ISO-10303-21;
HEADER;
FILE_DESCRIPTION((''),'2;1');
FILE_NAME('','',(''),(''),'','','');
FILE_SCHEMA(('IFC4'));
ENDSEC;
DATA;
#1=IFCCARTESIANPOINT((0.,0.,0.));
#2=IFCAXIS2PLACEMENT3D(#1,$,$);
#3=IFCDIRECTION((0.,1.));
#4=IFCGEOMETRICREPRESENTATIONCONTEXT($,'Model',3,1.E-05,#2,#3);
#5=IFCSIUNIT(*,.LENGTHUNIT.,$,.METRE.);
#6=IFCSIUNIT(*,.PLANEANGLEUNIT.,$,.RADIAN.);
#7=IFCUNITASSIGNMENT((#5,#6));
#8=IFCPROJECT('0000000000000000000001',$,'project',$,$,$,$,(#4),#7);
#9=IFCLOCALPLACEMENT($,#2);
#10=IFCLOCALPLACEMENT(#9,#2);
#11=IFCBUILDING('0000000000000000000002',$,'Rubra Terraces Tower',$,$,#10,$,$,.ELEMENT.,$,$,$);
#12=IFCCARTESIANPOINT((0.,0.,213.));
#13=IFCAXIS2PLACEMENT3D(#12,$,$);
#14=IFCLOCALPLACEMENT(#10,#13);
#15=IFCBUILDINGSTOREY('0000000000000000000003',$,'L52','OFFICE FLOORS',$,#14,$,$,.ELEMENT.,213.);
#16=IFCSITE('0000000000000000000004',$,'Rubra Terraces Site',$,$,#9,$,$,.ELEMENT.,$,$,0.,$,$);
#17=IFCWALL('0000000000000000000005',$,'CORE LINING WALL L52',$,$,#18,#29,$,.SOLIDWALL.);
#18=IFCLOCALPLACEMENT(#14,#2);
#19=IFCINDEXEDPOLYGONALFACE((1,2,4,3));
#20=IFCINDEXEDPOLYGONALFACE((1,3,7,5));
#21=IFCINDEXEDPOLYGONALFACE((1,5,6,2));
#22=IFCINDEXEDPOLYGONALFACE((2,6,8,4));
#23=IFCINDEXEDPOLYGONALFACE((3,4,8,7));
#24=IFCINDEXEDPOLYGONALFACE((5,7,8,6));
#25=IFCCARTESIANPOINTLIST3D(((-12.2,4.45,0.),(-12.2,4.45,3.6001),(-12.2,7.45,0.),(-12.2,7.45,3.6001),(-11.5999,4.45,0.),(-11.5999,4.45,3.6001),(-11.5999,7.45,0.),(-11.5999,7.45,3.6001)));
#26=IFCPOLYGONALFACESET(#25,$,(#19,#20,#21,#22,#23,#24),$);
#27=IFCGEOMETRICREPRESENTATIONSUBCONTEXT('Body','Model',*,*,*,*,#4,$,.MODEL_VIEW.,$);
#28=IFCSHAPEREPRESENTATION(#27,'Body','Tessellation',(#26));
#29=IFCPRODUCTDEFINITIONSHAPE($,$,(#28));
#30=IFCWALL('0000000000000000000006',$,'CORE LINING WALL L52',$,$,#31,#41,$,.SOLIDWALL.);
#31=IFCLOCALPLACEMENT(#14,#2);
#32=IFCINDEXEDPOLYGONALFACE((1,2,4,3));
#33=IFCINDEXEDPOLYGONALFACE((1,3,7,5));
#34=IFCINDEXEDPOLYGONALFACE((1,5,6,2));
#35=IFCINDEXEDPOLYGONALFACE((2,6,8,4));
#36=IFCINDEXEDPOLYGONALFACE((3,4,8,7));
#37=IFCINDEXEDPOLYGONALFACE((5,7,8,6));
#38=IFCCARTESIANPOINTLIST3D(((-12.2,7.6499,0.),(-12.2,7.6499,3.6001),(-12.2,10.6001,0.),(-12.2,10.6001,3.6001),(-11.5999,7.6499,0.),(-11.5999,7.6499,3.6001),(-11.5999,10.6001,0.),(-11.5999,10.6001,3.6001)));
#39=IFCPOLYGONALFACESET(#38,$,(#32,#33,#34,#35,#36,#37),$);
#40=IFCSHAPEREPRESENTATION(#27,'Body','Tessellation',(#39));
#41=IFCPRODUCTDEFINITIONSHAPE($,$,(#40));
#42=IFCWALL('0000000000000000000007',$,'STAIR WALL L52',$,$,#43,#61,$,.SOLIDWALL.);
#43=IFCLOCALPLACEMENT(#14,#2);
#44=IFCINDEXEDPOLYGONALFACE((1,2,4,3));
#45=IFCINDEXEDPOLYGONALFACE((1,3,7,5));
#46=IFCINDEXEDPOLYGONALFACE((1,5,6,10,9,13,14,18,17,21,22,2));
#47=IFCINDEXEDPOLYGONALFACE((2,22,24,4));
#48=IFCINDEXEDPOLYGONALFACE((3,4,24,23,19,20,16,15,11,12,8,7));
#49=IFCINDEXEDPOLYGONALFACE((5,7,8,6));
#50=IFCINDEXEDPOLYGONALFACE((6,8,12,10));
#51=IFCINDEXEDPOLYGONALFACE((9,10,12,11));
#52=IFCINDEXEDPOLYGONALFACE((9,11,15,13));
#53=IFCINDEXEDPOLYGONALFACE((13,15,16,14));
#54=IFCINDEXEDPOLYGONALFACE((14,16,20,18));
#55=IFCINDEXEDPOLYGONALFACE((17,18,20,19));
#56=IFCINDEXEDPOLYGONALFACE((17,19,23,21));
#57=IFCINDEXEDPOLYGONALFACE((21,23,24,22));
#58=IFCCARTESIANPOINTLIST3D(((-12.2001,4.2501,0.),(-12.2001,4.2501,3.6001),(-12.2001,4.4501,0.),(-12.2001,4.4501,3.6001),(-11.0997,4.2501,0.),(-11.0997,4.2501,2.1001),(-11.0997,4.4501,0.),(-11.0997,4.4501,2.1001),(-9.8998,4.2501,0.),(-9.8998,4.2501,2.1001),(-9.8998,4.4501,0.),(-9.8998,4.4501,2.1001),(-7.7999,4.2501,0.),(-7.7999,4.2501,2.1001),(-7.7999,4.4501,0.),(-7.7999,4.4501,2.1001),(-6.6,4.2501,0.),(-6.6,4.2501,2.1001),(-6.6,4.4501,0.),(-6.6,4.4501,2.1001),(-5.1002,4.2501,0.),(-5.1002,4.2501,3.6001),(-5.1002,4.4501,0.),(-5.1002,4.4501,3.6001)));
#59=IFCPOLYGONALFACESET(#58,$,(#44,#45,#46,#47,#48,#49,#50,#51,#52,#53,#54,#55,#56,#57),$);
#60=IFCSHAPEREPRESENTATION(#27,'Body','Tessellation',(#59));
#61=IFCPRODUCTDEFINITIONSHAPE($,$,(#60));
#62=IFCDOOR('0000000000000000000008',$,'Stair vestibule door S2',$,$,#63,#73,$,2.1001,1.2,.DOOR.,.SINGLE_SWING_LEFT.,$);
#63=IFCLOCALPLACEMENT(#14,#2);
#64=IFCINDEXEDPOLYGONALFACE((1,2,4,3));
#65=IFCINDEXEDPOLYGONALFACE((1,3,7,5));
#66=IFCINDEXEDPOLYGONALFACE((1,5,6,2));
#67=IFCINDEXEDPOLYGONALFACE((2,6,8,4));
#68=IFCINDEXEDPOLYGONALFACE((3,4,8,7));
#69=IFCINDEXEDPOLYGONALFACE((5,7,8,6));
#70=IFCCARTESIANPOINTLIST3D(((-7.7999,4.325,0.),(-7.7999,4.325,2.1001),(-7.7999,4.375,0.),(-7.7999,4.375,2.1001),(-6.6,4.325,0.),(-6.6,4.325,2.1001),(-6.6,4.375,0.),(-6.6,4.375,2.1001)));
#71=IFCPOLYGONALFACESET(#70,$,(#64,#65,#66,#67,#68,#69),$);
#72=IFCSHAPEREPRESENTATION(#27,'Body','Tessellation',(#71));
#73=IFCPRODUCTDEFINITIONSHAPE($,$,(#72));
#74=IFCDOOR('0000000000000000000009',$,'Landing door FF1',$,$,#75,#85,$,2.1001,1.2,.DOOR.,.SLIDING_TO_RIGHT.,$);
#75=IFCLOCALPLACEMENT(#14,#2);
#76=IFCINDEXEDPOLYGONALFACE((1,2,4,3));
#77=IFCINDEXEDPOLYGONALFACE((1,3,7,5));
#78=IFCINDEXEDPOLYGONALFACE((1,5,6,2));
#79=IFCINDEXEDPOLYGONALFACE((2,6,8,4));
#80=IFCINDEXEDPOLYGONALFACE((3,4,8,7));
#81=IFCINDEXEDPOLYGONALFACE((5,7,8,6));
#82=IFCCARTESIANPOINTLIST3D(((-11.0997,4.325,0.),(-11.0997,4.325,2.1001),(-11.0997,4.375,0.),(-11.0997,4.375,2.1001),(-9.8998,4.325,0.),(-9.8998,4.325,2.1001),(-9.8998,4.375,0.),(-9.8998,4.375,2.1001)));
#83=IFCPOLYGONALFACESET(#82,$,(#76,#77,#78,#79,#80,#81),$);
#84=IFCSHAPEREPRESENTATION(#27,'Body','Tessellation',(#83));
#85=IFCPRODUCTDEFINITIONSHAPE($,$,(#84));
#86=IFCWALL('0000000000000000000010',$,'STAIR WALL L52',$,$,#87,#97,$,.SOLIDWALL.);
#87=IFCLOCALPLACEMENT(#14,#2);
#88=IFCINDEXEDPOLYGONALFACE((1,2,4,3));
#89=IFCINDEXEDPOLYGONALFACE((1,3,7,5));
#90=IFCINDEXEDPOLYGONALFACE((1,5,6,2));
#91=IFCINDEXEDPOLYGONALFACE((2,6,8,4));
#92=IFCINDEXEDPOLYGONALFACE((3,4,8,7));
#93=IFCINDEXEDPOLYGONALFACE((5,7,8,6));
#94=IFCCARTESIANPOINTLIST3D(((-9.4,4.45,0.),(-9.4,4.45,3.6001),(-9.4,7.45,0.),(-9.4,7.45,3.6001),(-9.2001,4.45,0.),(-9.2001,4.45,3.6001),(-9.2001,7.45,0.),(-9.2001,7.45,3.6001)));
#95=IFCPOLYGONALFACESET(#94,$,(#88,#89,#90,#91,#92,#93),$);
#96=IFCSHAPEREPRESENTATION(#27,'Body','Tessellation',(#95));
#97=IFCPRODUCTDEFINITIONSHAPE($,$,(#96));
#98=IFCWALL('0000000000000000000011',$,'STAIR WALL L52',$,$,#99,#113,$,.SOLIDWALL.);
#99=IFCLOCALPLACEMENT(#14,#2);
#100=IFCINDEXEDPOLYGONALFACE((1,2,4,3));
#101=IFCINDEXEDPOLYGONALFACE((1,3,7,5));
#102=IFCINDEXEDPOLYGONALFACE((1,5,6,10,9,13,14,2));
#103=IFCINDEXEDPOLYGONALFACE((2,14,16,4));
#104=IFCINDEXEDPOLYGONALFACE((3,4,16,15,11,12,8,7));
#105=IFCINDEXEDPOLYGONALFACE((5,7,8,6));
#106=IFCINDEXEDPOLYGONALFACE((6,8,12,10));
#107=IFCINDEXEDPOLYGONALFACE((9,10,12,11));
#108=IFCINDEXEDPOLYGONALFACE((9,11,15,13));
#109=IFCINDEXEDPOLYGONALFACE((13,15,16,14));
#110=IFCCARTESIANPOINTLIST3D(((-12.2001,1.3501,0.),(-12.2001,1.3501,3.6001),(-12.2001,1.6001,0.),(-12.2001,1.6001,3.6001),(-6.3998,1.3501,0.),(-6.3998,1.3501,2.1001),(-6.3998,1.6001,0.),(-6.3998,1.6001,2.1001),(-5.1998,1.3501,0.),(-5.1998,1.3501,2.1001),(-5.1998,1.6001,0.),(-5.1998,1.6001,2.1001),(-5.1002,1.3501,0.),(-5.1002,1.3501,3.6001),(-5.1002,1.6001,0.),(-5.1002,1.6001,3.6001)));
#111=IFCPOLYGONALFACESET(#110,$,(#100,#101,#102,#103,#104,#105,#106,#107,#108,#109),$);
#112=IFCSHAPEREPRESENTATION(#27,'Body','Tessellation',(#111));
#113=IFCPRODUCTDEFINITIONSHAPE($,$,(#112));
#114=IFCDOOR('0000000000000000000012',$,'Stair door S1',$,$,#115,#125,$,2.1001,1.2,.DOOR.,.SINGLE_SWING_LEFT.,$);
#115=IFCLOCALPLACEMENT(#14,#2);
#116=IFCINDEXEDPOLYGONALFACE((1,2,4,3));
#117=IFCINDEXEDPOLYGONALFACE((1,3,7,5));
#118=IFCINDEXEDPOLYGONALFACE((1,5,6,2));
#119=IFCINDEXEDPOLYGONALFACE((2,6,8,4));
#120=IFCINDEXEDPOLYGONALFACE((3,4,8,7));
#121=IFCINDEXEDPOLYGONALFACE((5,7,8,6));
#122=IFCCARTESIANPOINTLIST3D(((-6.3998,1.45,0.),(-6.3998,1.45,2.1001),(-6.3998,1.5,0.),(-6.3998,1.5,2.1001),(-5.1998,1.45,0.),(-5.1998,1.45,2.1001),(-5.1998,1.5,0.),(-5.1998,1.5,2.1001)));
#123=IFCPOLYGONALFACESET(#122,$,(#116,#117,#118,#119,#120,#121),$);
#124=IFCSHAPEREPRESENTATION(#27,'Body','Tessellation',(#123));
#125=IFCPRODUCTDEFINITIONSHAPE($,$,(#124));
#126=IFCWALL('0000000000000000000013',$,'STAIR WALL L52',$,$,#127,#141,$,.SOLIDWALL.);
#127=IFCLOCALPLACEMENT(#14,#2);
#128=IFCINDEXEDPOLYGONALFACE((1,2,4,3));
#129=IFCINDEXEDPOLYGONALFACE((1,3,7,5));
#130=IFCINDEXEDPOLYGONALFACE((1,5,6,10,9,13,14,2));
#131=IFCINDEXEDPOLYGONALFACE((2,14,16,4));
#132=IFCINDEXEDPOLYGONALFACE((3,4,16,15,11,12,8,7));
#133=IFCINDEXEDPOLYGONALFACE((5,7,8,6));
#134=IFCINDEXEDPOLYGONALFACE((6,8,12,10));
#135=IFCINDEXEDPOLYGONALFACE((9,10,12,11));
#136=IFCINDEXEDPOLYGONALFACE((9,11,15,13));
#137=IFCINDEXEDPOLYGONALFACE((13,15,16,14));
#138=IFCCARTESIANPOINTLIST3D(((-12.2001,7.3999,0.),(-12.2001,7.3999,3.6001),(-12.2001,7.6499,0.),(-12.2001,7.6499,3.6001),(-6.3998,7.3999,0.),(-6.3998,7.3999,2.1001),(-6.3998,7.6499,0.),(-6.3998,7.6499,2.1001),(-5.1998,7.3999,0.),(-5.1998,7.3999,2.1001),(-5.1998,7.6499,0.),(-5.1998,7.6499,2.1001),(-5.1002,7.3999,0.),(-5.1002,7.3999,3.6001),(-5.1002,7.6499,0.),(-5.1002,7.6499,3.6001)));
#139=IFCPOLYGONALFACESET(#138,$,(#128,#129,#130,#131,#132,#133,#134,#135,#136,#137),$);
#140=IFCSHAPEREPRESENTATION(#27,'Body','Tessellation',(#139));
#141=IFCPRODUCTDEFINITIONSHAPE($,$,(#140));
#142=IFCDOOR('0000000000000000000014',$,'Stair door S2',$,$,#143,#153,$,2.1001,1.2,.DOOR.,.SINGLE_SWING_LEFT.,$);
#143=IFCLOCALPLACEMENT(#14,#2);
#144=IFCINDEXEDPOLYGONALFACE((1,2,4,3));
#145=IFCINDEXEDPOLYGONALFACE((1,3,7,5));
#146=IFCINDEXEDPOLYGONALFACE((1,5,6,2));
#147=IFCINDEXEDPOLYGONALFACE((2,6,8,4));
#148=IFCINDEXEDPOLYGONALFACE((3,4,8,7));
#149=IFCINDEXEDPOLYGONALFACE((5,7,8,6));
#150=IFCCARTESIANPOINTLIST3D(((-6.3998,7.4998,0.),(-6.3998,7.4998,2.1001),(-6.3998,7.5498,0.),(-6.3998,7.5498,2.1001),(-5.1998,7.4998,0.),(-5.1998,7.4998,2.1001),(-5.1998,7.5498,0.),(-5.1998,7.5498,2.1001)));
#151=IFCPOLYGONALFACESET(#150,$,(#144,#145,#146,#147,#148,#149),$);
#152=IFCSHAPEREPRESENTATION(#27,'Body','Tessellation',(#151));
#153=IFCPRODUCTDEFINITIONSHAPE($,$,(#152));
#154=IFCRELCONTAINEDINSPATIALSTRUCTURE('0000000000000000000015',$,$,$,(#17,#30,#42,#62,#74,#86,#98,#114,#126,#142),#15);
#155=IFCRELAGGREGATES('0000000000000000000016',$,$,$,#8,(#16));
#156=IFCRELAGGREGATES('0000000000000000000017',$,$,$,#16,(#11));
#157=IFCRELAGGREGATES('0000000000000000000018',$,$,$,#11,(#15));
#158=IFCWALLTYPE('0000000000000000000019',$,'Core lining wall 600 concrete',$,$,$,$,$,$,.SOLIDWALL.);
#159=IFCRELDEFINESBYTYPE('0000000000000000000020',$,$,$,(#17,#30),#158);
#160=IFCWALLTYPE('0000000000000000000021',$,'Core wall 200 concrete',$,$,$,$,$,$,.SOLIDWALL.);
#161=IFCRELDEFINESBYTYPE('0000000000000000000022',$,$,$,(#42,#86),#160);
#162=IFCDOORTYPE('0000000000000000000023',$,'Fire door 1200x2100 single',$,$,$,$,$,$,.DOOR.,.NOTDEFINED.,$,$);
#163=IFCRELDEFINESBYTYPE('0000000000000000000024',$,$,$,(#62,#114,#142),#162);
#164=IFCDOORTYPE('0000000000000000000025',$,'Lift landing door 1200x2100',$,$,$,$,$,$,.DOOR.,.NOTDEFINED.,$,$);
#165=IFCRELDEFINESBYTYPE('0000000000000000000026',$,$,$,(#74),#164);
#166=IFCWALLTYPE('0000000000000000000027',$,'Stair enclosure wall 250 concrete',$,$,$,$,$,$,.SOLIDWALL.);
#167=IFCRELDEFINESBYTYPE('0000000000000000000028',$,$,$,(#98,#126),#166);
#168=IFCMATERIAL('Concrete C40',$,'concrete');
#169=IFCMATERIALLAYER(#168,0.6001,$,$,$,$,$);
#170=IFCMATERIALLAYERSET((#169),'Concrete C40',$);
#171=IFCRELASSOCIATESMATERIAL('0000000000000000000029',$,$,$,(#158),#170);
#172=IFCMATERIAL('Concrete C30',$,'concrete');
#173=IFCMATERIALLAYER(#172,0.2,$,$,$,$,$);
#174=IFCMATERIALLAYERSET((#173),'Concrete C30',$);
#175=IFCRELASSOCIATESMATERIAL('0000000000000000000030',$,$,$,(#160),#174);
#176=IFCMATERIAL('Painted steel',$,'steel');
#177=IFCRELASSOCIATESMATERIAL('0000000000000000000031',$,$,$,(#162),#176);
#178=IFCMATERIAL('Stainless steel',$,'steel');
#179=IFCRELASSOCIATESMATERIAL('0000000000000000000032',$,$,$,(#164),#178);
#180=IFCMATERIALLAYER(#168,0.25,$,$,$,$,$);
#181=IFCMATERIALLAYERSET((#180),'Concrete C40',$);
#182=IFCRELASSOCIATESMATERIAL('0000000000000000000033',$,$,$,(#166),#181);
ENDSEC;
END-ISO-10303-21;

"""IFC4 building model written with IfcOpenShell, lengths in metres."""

from ifc_helpers import new_model, si_unit, direction, frame, frame_2d, origin, place, context, subcontext, project, spatial, rectangle, extrude, material, layer, layer_set, type_object, element, fill, save


model = new_model("IFC4")

# Units and contexts
model_context = context("Model", 3, precision=1e-05, world=origin(), true_north=direction((0.0, 1.0)))
body_context = subcontext(model_context, "Body", "Model", "MODEL_VIEW")
ifc_project = project(units=[si_unit("LENGTHUNIT", "METRE"), si_unit("PLANEANGLEUNIT", "RADIAN")], contexts=[model_context])

# Site, building, storey
site_placement = place(None, origin())
site = spatial("IfcSite", under=ifc_project, at=site_placement, Name="Rubra Terraces Site", CompositionType="ELEMENT", RefElevation=0.0)
building_placement = place(site_placement, origin())
building = spatial("IfcBuilding", under=site, at=building_placement, Name="Rubra Terraces Tower", CompositionType="ELEMENT")
storey_placement = place(building_placement, frame((0.0, 0.0, 213.0)))
storey = spatial("IfcBuildingStorey", under=building, at=storey_placement, Name="L52", Description="OFFICE FLOORS", CompositionType="ELEMENT", Elevation=213.0)

# Walls
ifc_material_1 = material(Name="Concrete C40", Category="concrete")
ifc_layer_1 = layer(ifc_material_1, 0.6001)
ifc_layer_set_1 = layer_set([ifc_layer_1], Name="Concrete C40")
wall_type_1 = type_object("IfcWallType", Name="Core lining wall 600 concrete", PredefinedType="SOLIDWALL", material=ifc_layer_set_1)
wall_1_placement = place(storey_placement, frame((-11.8999, 4.45, 0.0), z_axis=(0.0, 0.0, 1.0), x_axis=(0.0, 1.0, 0.0)))
element("IfcWall", 1, at=wall_1_placement, inside=storey, type_object=wall_type_1, Name="CORE LINING WALL L52", PredefinedType="SOLIDWALL", context=body_context, shape_type="SweptSolid", body=[
    extrude(rectangle(XDim=3.0, YDim=0.6001, at=frame_2d((1.5, 0.0))), origin(), (0.0, 0.0, 1.0), 3.6001),
])
wall_2_placement = place(storey_placement, frame((-11.8999, 7.6499, 0.0), z_axis=(0.0, 0.0, 1.0), x_axis=(0.0, 1.0, 0.0)))
element("IfcWall", 2, at=wall_2_placement, inside=storey, type_object=wall_type_1, Name="CORE LINING WALL L52", PredefinedType="SOLIDWALL", context=body_context, shape_type="SweptSolid", body=[
    extrude(rectangle(XDim=2.9502, YDim=0.6001, at=frame_2d((1.4751, 0.0))), origin(), (0.0, 0.0, 1.0), 3.6001),
])

# Wall, openings, doors
ifc_material_2 = material(Name="Concrete C30", Category="concrete")
ifc_layer_2 = layer(ifc_material_2, 0.2)
ifc_layer_set_2 = layer_set([ifc_layer_2], Name="Concrete C30")
wall_type_2 = type_object("IfcWallType", Name="Core wall 200 concrete", PredefinedType="SOLIDWALL", material=ifc_layer_set_2)
wall_3_placement = place(storey_placement, frame((-12.2, 4.3501, 0.0), z_axis=(0.0, 0.0, 1.0), x_axis=(1.0, 0.0, 0.0)))
wall_3 = element("IfcWall", 3, at=wall_3_placement, inside=storey, type_object=wall_type_2, Name="STAIR WALL L52", PredefinedType="SOLIDWALL", context=body_context, shape_type="SweptSolid", body=[
    extrude(rectangle(XDim=7.0999, YDim=0.2, at=frame_2d((3.5498, 0.0))), origin(), (0.0, 0.0, 1.0), 3.6001),
])
opening_1_placement = place(wall_3_placement, frame((4.3999, 0.0, 0.0)))
opening_1 = element("IfcOpeningElement", 4, at=opening_1_placement, cuts=wall_3, PredefinedType="OPENING", context=body_context, shape_type="SweptSolid", body=[
    extrude(rectangle(XDim=1.2, YDim=2.1001, at=frame_2d((0.6001, 1.05))), frame((0.0, 0.1099, 0.0), z_axis=(0.0, -1.0, 0.0), x_axis=(1.0, 0.0, 0.0)), (0.0, 0.0, 1.0), 0.22),
])
opening_2_placement = place(wall_3_placement, frame((1.1001, 0.0, 0.0)))
opening_2 = element("IfcOpeningElement", 5, at=opening_2_placement, cuts=wall_3, PredefinedType="OPENING", context=body_context, shape_type="SweptSolid", body=[
    extrude(rectangle(XDim=1.2, YDim=2.1001, at=frame_2d((0.6001, 1.05))), frame((0.0, 0.1099, 0.0), z_axis=(0.0, -1.0, 0.0), x_axis=(1.0, 0.0, 0.0)), (0.0, 0.0, 1.0), 0.22),
])
ifc_material_3 = material(Name="Painted steel", Category="steel")
door_type_1 = type_object("IfcDoorType", Name="Fire door 1200x2100 single", OperationType="NOTDEFINED", PredefinedType="DOOR", material=ifc_material_3)
door_1_placement = place(opening_1_placement, origin())
door_1 = element("IfcDoor", 6, at=door_1_placement, inside=storey, type_object=door_type_1, Name="Stair vestibule door S2", OperationType="SINGLE_SWING_LEFT", OverallHeight=2.1001, OverallWidth=1.2, PredefinedType="DOOR", context=body_context, shape_type="SweptSolid", body=[
    extrude(rectangle(XDim=1.2, YDim=2.1001, at=frame_2d((0.6001, 1.05))), frame((0.0, 0.0249, 0.0), z_axis=(0.0, -1.0, 0.0), x_axis=(1.0, 0.0, 0.0)), (0.0, 0.0, 1.0), 0.05),
])
fill(opening_1, door_1)
ifc_material_4 = material(Name="Stainless steel", Category="steel")
door_type_2 = type_object("IfcDoorType", Name="Lift landing door 1200x2100", OperationType="NOTDEFINED", PredefinedType="DOOR", material=ifc_material_4)
door_2_placement = place(opening_2_placement, origin())
door_2 = element("IfcDoor", 7, at=door_2_placement, inside=storey, type_object=door_type_2, Name="Landing door FF1", OperationType="SLIDING_TO_RIGHT", OverallHeight=2.1001, OverallWidth=1.2, PredefinedType="DOOR", context=body_context, shape_type="SweptSolid", body=[
    extrude(rectangle(XDim=1.2, YDim=2.1001, at=frame_2d((0.6001, 1.05))), frame((0.0, 0.0249, 0.0), z_axis=(0.0, -1.0, 0.0), x_axis=(1.0, 0.0, 0.0)), (0.0, 0.0, 1.0), 0.05),
])
fill(opening_2, door_2)

# Wall
wall_4_placement = place(storey_placement, frame((-9.3, 4.45, 0.0), z_axis=(0.0, 0.0, 1.0), x_axis=(0.0, 1.0, 0.0)))
element("IfcWall", 8, at=wall_4_placement, inside=storey, type_object=wall_type_2, Name="STAIR WALL L52", PredefinedType="SOLIDWALL", context=body_context, shape_type="SweptSolid", body=[
    extrude(rectangle(XDim=3.0, YDim=0.2, at=frame_2d((1.5, 0.0))), origin(), (0.0, 0.0, 1.0), 3.6001),
])

# Walls, openings, doors
ifc_layer_3 = layer(ifc_material_1, 0.25)
ifc_layer_set_3 = layer_set([ifc_layer_3], Name="Concrete C40")
wall_type_3 = type_object("IfcWallType", Name="Stair enclosure wall 250 concrete", PredefinedType="SOLIDWALL", material=ifc_layer_set_3)
wall_5_placement = place(storey_placement, frame((-12.2, 1.4751, 0.0), z_axis=(0.0, 0.0, 1.0), x_axis=(1.0, 0.0, 0.0)))
wall_5 = element("IfcWall", 9, at=wall_5_placement, inside=storey, type_object=wall_type_3, Name="STAIR WALL L52", PredefinedType="SOLIDWALL", context=body_context, shape_type="SweptSolid", body=[
    extrude(rectangle(XDim=7.0999, YDim=0.25, at=frame_2d((3.5498, 0.0))), origin(), (0.0, 0.0, 1.0), 3.6001),
])
opening_3_placement = place(wall_5_placement, frame((5.8, 0.0, 0.0)))
opening_3 = element("IfcOpeningElement", 10, at=opening_3_placement, cuts=wall_5, PredefinedType="OPENING", context=body_context, shape_type="SweptSolid", body=[
    extrude(rectangle(XDim=1.2, YDim=2.1001, at=frame_2d((0.6001, 1.05))), frame((0.0, 0.135, 0.0), z_axis=(0.0, -1.0, 0.0), x_axis=(1.0, 0.0, 0.0)), (0.0, 0.0, 1.0), 0.27),
])
door_3_placement = place(opening_3_placement, origin())
door_3 = element("IfcDoor", 11, at=door_3_placement, inside=storey, type_object=door_type_1, Name="Stair door S1", OperationType="SINGLE_SWING_LEFT", OverallHeight=2.1001, OverallWidth=1.2, PredefinedType="DOOR", context=body_context, shape_type="SweptSolid", body=[
    extrude(rectangle(XDim=1.2, YDim=2.1001, at=frame_2d((0.6001, 1.05))), frame((0.0, 0.0249, 0.0), z_axis=(0.0, -1.0, 0.0), x_axis=(1.0, 0.0, 0.0)), (0.0, 0.0, 1.0), 0.05),
])
fill(opening_3, door_3)
wall_6_placement = place(storey_placement, frame((-12.2, 7.5249, 0.0), z_axis=(0.0, 0.0, 1.0), x_axis=(1.0, 0.0, 0.0)))
wall_6 = element("IfcWall", 12, at=wall_6_placement, inside=storey, type_object=wall_type_3, Name="STAIR WALL L52", PredefinedType="SOLIDWALL", context=body_context, shape_type="SweptSolid", body=[
    extrude(rectangle(XDim=7.0999, YDim=0.25, at=frame_2d((3.5498, 0.0))), origin(), (0.0, 0.0, 1.0), 3.6001),
])
opening_4_placement = place(wall_6_placement, frame((5.8, 0.0, 0.0)))
opening_4 = element("IfcOpeningElement", 13, at=opening_4_placement, cuts=wall_6, PredefinedType="OPENING", context=body_context, shape_type="SweptSolid", body=[
    extrude(rectangle(XDim=1.2, YDim=2.1001, at=frame_2d((0.6001, 1.05))), frame((0.0, 0.135, 0.0), z_axis=(0.0, -1.0, 0.0), x_axis=(1.0, 0.0, 0.0)), (0.0, 0.0, 1.0), 0.27),
])
door_4_placement = place(opening_4_placement, origin())
door_4 = element("IfcDoor", 14, at=door_4_placement, inside=storey, type_object=door_type_1, Name="Stair door S2", OperationType="SINGLE_SWING_LEFT", OverallHeight=2.1001, OverallWidth=1.2, PredefinedType="DOOR", context=body_context, shape_type="SweptSolid", body=[
    extrude(rectangle(XDim=1.2, YDim=2.1001, at=frame_2d((0.6001, 1.05))), frame((0.0, 0.0249, 0.0), z_axis=(0.0, -1.0, 0.0), x_axis=(1.0, 0.0, 0.0)), (0.0, 0.0, 1.0), 0.05),
])
fill(opening_4, door_4)

save(model, "model.ifc")
